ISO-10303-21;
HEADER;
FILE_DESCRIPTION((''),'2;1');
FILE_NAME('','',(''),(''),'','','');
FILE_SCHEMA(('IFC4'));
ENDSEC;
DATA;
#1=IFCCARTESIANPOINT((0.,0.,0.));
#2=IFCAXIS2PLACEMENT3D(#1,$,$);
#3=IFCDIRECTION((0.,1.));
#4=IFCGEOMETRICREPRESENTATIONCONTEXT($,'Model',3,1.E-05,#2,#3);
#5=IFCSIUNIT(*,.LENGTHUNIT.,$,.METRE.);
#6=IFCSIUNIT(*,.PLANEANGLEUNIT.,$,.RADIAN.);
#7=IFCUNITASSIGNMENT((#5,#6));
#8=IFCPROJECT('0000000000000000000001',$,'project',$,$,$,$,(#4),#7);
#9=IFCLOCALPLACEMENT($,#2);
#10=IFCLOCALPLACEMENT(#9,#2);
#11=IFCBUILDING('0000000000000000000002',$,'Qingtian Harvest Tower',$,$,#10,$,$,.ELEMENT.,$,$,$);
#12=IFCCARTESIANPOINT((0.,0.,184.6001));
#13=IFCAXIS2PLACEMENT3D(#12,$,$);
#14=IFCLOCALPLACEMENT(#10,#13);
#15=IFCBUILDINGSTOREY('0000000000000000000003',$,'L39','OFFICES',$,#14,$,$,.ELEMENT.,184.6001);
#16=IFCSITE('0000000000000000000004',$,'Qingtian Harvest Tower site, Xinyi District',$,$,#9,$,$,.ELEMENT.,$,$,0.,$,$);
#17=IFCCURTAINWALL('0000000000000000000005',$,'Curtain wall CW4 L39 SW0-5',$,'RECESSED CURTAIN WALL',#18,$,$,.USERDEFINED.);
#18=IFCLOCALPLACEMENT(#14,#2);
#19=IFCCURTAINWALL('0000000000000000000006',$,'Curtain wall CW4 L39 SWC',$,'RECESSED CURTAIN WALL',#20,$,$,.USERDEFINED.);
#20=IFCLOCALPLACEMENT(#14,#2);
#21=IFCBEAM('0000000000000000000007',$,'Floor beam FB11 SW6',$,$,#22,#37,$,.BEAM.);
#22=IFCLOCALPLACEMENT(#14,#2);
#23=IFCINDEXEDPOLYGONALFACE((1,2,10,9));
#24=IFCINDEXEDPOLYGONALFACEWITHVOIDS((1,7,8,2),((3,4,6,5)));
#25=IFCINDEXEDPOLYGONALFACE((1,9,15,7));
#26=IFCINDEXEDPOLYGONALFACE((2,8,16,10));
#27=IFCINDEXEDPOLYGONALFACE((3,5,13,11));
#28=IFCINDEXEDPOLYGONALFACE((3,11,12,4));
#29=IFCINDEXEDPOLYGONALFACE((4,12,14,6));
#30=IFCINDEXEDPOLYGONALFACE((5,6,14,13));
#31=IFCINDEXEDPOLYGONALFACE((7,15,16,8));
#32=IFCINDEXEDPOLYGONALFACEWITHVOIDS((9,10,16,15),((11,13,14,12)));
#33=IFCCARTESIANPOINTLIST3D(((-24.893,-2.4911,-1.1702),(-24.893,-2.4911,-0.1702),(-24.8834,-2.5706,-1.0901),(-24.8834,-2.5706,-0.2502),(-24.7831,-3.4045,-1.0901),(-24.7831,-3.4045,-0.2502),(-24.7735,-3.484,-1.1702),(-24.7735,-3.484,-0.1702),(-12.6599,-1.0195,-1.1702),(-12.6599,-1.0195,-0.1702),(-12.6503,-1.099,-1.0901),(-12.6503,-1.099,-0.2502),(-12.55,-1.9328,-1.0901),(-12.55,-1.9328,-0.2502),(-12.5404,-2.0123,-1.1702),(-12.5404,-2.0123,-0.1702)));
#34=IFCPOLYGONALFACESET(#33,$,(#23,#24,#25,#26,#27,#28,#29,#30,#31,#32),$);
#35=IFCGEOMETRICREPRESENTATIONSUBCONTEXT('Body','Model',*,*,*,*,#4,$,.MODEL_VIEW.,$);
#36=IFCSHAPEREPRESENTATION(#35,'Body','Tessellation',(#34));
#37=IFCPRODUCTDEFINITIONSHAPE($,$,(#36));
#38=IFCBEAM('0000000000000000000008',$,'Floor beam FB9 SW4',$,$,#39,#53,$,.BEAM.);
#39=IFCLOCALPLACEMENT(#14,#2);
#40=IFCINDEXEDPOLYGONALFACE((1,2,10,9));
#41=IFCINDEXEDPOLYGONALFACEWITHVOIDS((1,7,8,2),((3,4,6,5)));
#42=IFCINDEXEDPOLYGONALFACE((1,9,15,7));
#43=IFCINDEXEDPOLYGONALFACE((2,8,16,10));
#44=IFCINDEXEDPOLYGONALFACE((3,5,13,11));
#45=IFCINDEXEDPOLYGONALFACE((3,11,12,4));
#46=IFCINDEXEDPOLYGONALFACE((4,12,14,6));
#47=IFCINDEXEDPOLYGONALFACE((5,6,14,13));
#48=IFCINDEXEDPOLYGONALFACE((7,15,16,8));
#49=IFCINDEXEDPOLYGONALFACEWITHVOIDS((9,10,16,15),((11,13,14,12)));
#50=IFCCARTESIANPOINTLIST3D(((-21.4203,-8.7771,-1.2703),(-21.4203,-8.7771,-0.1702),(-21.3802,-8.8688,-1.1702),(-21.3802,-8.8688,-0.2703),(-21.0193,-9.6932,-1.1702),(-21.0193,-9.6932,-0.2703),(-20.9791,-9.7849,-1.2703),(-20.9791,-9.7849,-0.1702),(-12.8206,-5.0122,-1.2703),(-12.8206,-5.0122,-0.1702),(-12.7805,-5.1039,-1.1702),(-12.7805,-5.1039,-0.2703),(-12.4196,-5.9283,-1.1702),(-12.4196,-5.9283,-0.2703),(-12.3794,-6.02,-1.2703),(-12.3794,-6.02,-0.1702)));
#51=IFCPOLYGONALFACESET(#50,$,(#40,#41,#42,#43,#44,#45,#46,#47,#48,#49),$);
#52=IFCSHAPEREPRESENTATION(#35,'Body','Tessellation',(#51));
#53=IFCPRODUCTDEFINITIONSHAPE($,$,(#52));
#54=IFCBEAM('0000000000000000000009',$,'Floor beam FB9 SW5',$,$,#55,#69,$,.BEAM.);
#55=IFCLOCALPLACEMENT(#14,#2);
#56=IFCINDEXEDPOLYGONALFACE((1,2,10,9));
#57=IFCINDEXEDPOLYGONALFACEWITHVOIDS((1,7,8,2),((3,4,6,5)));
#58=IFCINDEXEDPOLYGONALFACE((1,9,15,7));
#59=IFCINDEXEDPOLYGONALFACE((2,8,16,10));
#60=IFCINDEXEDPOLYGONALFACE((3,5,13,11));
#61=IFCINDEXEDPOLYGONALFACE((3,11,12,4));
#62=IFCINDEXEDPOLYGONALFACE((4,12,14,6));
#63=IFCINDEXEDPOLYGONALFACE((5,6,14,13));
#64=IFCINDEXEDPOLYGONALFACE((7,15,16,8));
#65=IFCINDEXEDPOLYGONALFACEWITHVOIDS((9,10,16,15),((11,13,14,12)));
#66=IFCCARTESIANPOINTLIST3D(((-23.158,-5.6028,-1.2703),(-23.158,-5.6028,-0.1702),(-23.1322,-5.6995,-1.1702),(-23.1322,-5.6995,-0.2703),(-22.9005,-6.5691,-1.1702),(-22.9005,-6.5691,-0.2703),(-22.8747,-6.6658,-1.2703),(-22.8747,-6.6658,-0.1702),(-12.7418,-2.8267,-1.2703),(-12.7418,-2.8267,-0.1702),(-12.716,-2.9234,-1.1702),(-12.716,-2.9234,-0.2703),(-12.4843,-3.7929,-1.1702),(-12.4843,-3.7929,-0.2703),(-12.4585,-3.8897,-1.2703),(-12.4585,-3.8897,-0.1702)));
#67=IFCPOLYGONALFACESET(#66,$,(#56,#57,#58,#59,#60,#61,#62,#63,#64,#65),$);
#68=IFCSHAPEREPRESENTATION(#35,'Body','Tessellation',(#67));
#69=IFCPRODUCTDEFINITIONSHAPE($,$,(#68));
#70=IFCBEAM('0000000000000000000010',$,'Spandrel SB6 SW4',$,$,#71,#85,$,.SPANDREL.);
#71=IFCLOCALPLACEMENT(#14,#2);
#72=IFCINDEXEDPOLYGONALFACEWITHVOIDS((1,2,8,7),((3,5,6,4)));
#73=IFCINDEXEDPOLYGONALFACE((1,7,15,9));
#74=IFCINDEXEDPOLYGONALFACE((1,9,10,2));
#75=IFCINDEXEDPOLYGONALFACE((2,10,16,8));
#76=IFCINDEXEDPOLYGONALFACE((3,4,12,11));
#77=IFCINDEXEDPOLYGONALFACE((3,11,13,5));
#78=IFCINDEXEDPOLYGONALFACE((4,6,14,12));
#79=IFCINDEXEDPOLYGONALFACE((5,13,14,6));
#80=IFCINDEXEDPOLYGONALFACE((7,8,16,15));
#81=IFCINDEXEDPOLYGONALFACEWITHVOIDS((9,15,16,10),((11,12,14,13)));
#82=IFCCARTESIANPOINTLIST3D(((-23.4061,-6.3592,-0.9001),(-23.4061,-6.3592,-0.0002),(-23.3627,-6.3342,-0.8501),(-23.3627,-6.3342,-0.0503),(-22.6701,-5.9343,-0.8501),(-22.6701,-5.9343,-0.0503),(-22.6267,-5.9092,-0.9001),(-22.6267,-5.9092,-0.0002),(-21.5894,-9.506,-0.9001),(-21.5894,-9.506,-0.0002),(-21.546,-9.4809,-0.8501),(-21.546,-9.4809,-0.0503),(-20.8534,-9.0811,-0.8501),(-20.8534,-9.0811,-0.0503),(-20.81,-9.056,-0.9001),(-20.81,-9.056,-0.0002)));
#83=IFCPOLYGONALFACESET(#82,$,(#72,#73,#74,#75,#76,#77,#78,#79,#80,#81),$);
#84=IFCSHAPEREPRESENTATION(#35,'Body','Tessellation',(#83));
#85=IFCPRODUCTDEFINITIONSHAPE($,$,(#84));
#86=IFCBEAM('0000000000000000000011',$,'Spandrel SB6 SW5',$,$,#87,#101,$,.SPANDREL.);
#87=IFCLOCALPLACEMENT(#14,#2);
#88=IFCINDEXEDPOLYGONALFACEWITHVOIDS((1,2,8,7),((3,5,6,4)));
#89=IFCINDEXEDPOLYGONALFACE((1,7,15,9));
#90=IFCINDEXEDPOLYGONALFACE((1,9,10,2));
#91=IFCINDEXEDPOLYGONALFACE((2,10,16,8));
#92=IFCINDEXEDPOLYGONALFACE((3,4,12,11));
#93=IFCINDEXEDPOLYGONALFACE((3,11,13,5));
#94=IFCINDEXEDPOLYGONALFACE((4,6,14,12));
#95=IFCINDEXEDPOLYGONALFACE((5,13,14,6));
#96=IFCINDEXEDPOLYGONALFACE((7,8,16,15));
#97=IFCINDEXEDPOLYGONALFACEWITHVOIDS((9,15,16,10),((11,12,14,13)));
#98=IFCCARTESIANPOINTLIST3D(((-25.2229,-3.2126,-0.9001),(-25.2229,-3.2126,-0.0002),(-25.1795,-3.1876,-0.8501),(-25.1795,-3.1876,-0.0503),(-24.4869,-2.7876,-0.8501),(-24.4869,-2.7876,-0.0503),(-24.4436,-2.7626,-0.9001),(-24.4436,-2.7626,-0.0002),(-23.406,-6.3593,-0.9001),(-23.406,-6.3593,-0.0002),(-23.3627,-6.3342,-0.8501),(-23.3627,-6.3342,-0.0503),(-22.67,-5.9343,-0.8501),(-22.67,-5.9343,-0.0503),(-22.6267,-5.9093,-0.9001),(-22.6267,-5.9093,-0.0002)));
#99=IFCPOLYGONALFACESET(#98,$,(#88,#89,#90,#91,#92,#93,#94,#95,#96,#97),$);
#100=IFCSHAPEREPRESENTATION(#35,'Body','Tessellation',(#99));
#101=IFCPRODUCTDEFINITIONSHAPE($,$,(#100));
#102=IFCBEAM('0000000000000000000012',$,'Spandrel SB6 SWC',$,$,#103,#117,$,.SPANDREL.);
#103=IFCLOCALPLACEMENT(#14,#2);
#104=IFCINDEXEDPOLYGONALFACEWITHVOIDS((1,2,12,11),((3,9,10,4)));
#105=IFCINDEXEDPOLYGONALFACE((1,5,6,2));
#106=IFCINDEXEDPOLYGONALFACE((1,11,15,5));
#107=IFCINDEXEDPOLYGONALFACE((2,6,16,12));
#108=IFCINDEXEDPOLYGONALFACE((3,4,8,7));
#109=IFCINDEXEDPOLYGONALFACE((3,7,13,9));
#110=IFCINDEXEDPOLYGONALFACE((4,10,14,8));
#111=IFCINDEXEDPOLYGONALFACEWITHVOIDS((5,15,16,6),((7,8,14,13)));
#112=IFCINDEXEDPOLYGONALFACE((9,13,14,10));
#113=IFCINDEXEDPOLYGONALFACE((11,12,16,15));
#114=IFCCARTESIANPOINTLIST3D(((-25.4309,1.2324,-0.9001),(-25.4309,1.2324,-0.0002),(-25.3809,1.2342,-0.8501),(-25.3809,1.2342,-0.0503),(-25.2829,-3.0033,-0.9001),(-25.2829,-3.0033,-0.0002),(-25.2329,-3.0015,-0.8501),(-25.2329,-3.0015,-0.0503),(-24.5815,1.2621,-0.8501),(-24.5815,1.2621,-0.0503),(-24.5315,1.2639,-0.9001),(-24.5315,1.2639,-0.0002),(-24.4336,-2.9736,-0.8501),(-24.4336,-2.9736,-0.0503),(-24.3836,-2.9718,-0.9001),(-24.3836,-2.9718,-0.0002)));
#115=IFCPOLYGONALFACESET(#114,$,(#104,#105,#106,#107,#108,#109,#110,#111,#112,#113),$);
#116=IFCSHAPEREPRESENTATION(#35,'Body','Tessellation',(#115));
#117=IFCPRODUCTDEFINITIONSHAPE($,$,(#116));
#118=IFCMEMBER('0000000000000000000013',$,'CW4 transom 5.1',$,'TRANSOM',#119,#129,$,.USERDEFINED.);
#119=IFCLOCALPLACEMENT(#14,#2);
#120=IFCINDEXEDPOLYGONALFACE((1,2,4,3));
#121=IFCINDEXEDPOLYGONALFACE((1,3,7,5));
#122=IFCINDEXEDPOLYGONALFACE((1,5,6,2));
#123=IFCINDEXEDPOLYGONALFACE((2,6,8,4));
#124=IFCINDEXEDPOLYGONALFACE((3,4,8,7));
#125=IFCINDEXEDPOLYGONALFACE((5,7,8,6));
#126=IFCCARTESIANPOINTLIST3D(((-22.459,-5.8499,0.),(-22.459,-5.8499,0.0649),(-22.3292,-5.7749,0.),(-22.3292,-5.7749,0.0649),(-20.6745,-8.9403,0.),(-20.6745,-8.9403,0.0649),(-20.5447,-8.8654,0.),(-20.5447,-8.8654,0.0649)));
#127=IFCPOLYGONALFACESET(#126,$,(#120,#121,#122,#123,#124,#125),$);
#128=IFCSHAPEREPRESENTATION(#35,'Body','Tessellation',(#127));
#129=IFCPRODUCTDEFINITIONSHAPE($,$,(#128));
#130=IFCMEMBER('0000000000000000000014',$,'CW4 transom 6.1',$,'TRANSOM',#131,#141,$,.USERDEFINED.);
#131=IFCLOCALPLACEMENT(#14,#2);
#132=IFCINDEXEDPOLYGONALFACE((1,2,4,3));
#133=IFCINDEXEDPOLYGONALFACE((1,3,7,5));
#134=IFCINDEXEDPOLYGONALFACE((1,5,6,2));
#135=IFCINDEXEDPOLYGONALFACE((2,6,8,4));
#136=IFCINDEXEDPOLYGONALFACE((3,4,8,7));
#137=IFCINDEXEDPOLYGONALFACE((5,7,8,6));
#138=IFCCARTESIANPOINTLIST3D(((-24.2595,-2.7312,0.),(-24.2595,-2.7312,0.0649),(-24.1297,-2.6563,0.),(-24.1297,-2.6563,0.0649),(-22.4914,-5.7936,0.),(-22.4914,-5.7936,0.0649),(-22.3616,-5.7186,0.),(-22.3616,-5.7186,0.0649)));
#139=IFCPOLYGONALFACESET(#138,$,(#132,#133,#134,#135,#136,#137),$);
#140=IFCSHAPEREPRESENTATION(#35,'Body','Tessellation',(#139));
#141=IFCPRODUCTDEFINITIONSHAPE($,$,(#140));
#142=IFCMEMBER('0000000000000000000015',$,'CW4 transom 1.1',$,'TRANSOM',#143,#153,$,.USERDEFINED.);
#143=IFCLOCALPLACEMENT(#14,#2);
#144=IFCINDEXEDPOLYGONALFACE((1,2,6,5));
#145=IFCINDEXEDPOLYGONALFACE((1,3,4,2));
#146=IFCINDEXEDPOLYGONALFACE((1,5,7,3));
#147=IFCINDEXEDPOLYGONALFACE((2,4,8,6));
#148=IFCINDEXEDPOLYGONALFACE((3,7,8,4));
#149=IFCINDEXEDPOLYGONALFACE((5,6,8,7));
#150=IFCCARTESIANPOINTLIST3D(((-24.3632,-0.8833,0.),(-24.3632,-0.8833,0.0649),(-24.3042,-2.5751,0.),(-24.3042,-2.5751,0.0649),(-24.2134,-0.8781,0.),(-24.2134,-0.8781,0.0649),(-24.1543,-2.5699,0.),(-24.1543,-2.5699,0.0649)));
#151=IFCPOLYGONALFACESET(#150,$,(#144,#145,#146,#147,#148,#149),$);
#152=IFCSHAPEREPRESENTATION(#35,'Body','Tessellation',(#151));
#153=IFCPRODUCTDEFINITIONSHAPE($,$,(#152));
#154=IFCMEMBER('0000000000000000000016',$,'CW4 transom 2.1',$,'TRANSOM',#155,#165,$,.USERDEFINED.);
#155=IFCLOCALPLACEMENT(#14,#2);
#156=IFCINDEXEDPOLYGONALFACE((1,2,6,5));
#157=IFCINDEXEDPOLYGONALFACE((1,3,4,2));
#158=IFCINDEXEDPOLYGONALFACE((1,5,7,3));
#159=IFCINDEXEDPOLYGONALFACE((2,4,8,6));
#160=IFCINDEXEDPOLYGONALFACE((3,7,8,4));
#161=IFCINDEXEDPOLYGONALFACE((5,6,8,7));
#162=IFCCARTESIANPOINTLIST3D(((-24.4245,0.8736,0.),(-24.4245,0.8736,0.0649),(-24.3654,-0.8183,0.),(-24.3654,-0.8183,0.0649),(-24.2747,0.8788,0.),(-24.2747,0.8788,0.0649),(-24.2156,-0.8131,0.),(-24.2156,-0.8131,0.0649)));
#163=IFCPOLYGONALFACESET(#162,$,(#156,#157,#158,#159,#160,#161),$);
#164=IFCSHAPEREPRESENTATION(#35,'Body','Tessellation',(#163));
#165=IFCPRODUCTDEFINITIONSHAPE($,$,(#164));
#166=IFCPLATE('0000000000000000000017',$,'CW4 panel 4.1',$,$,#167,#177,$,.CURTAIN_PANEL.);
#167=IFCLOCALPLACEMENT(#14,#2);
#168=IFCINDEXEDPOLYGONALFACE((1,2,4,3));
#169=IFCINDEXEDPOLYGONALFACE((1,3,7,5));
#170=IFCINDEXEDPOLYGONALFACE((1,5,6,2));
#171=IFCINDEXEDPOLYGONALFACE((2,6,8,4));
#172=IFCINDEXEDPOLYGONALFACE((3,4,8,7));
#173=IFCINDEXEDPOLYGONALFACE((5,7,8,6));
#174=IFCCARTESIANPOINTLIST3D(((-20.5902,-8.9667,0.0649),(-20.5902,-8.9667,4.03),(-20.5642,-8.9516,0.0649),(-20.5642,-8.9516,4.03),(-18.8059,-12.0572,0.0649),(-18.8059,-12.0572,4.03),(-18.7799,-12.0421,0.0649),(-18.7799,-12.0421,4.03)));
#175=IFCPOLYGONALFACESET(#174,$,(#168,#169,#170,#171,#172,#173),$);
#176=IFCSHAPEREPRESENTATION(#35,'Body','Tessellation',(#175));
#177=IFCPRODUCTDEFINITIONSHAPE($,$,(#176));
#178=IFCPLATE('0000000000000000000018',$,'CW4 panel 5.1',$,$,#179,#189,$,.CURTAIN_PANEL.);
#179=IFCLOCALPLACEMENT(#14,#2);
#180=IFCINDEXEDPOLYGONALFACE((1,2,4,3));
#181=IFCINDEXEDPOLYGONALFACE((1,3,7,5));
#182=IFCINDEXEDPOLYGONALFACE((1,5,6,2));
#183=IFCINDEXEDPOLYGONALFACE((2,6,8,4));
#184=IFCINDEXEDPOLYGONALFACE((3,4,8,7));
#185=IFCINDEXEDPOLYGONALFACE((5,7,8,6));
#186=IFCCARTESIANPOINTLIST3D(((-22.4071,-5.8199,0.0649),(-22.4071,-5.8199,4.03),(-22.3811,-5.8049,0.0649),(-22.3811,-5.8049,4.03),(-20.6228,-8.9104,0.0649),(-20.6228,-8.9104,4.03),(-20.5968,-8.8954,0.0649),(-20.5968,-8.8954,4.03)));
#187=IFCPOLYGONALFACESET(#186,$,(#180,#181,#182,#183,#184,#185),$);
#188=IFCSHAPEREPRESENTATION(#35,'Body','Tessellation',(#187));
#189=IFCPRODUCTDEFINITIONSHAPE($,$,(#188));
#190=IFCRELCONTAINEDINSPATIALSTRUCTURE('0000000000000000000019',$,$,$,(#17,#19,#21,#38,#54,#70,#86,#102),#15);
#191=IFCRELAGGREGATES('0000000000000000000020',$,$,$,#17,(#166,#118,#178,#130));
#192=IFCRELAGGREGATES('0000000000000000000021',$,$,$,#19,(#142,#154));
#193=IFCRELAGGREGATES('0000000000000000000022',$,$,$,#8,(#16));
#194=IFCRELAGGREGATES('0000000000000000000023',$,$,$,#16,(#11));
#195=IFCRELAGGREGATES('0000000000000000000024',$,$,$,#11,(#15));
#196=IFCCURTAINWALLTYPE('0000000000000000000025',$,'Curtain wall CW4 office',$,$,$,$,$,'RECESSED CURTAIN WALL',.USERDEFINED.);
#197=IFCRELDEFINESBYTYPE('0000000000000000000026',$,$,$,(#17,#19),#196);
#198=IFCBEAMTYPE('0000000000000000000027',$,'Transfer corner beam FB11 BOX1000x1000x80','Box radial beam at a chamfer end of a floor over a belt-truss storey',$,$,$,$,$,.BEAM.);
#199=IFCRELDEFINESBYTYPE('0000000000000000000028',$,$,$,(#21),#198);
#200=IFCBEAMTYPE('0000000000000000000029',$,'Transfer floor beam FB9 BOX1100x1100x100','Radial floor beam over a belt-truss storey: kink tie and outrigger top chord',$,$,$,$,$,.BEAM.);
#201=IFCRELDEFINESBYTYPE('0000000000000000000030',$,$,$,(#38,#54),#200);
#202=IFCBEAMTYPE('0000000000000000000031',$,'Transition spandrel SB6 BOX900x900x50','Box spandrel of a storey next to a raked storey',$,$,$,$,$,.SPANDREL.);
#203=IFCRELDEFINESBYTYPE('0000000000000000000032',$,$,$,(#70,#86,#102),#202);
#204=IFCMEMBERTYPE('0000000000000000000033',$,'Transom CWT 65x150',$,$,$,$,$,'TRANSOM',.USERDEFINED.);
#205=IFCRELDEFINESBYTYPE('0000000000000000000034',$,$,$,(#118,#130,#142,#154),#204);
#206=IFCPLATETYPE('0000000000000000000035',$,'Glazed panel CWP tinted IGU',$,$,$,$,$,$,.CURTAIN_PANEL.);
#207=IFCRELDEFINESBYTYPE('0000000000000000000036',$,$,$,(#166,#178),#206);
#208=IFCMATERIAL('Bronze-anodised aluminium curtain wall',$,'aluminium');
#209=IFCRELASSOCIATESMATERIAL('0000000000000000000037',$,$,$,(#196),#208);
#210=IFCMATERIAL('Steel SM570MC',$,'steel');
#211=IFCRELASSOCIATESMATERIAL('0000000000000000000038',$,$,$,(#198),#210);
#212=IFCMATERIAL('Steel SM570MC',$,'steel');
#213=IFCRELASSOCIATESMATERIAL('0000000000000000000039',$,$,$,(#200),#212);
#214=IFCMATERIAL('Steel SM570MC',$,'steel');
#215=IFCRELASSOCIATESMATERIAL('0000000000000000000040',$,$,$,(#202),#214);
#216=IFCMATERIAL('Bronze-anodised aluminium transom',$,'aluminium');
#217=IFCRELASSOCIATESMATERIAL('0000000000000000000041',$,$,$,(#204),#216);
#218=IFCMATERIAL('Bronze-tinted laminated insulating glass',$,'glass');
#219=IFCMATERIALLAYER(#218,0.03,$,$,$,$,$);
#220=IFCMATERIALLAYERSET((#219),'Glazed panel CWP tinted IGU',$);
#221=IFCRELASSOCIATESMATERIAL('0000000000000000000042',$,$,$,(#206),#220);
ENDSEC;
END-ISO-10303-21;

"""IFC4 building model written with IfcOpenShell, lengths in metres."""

from ifc_helpers import new_model, si_unit, direction, frame, origin, origin_2d, place, context, subcontext, project, spatial, rectangle, hollow_rectangle, extrude, material, layer, layer_set, material_profile, profile_set, type_object, element, aggregate, save


model = new_model("IFC4")

# Units and contexts
model_context = context("Model", 3, precision=1e-05, world=origin(), true_north=direction((0.0, 1.0)))
body_context = subcontext(model_context, "Body", "Model", "MODEL_VIEW")
ifc_project = project(units=[si_unit("LENGTHUNIT", "METRE"), si_unit("PLANEANGLEUNIT", "RADIAN")], contexts=[model_context])

# Site, building, storey
site_placement = place(None, origin())
site = spatial("IfcSite", under=ifc_project, at=site_placement, Name="Qingtian Harvest Tower site, Xinyi District", CompositionType="ELEMENT", RefElevation=0.0)
building_placement = place(site_placement, origin())
building = spatial("IfcBuilding", under=site, at=building_placement, Name="Qingtian Harvest Tower", CompositionType="ELEMENT")
storey_placement = place(building_placement, frame((0.0, 0.0, 184.6001)))
storey = spatial("IfcBuildingStorey", under=building, at=storey_placement, Name="L39", Description="OFFICES", CompositionType="ELEMENT", Elevation=184.6001)

# Curtain walls
ifc_material_1 = material(Name="Bronze-anodised aluminium curtain wall", Category="aluminium")
curtain_wall_type = type_object("IfcCurtainWallType", Name="Curtain wall CW4 office", ElementType="RECESSED CURTAIN WALL", PredefinedType="USERDEFINED", material=ifc_material_1)
curtain_wall_1_placement = place(storey_placement, origin())
curtain_wall_1 = element("IfcCurtainWall", 1, at=curtain_wall_1_placement, inside=storey, type_object=curtain_wall_type, Name="Curtain wall CW4 L39 SW0-5", ObjectType="RECESSED CURTAIN WALL", PredefinedType="USERDEFINED")
curtain_wall_2_placement = place(storey_placement, origin())
curtain_wall_2 = element("IfcCurtainWall", 2, at=curtain_wall_2_placement, inside=storey, type_object=curtain_wall_type, Name="Curtain wall CW4 L39 SWC", ObjectType="RECESSED CURTAIN WALL", PredefinedType="USERDEFINED")

# Beams
ifc_material_2 = material(Name="Steel SM570MC", Category="steel")
ifc_material_profile_1 = material_profile(ifc_material_2, hollow_rectangle(XDim=1.0, YDim=1.0, WallThickness=0.0801, at=origin_2d()), Name="BOX1000x1000x80")
ifc_profile_set_1 = profile_set([ifc_material_profile_1], Name="Steel SM570MC")
beam_type_1 = type_object("IfcBeamType", Name="Transfer corner beam FB11 BOX1000x1000x80", Description="Box radial beam at a chamfer end of a floor over a belt-truss storey", PredefinedType="BEAM", material=ifc_profile_set_1)
beam_1_placement = place(storey_placement, frame((-24.8333, -2.9875, -0.6702), z_axis=(0.992841, 0.119441, 0.0), x_axis=(-0.119441, 0.992841, 0.0)))
element("IfcBeam", 3, at=beam_1_placement, inside=storey, type_object=beam_type_1, Name="Floor beam FB11 SW6", PredefinedType="BEAM", context=body_context, shape_type="SweptSolid", body=[
    extrude(hollow_rectangle(XDim=1.0, YDim=1.0, WallThickness=0.0801, at=origin_2d()), origin(), (0.0, 0.0, 1.0), 12.3213),
])
ifc_material_3 = material(Name="Steel SM570MC", Category="steel")
ifc_material_profile_2 = material_profile(ifc_material_3, hollow_rectangle(XDim=1.1001, YDim=1.1001, WallThickness=0.1001, at=origin_2d()), Name="BOX1100x1100x100")
ifc_profile_set_2 = profile_set([ifc_material_profile_2], Name="Steel SM570MC")
beam_type_2 = type_object("IfcBeamType", Name="Transfer floor beam FB9 BOX1100x1100x100", Description="Radial floor beam over a belt-truss storey: kink tie and outrigger top chord", PredefinedType="BEAM", material=ifc_profile_set_2)
beam_2_placement = place(storey_placement, frame((-21.1997, -9.281, -0.7202), z_axis=(0.916057, 0.401048, 0.0), x_axis=(-0.401048, 0.916057, 0.0)))
element("IfcBeam", 4, at=beam_2_placement, inside=storey, type_object=beam_type_2, Name="Floor beam FB9 SW4", PredefinedType="BEAM", context=body_context, shape_type="SweptSolid", body=[
    extrude(hollow_rectangle(XDim=1.1001, YDim=1.1001, WallThickness=0.1001, at=origin_2d()), origin(), (0.0, 0.0, 1.0), 9.3877),
])
beam_3_placement = place(storey_placement, frame((-23.0164, -6.1343, -0.7202), z_axis=(0.966271, 0.257529, 0.0), x_axis=(-0.257529, 0.966271, 0.0)))
element("IfcBeam", 5, at=beam_3_placement, inside=storey, type_object=beam_type_2, Name="Floor beam FB9 SW5", PredefinedType="BEAM", context=body_context, shape_type="SweptSolid", body=[
    extrude(hollow_rectangle(XDim=1.1001, YDim=1.1001, WallThickness=0.1001, at=origin_2d()), origin(), (0.0, 0.0, 1.0), 10.7798),
])
ifc_material_4 = material(Name="Steel SM570MC", Category="steel")
ifc_material_profile_3 = material_profile(ifc_material_4, hollow_rectangle(XDim=0.8999, YDim=0.8999, WallThickness=0.05, at=origin_2d()), Name="BOX900x900x50")
ifc_profile_set_3 = profile_set([ifc_material_profile_3], Name="Steel SM570MC")
beam_type_3 = type_object("IfcBeamType", Name="Transition spandrel SB6 BOX900x900x50", Description="Box spandrel of a storey next to a raked storey", PredefinedType="SPANDREL", material=ifc_profile_set_3)
for number, where, z_axis, x_axis, name in (
    (6, (-21.1997, -9.281, -0.4502), (-0.499976, 0.866039, 0.0), (-0.866039, -0.499976, 0.0), "Spandrel SB6 SW4"),
    (7, (-23.0164, -6.1343, -0.4502), (-0.500027, 0.86601, 0.0), (-0.86601, -0.500027, 0.0), "Spandrel SB6 SW5"),
):
    element("IfcBeam", number, at=place(storey_placement, frame(where, z_axis=z_axis, x_axis=x_axis)), inside=storey, type_object=beam_type_3, Name=name, PredefinedType="SPANDREL", context=body_context, shape_type="SweptSolid", body=[
        extrude(hollow_rectangle(XDim=0.8999, YDim=0.8999, WallThickness=0.05, at=origin_2d()), origin(), (0.0, 0.0, 1.0), 3.6335),
    ])
beam_4_placement = place(storey_placement, frame((-24.8333, -2.9875, -0.4502), z_axis=(-0.034909, 0.999391, 0.0), x_axis=(-0.999391, -0.034909, 0.0)))
element("IfcBeam", 8, at=beam_4_placement, inside=storey, type_object=beam_type_3, Name="Spandrel SB6 SWC", PredefinedType="SPANDREL", context=body_context, shape_type="SweptSolid", body=[
    extrude(hollow_rectangle(XDim=0.8999, YDim=0.8999, WallThickness=0.05, at=origin_2d()), origin(), (0.0, 0.0, 1.0), 4.2383),
])

# Members
ifc_material_5 = material(Name="Bronze-anodised aluminium transom", Category="aluminium")
ifc_material_profile_4 = material_profile(ifc_material_5, rectangle(XDim=0.1499, YDim=0.0649, at=origin_2d()), Name="AL 65x150")
ifc_profile_set_4 = profile_set([ifc_material_profile_4], Name="Bronze-anodised aluminium transom")
member_type_1 = type_object("IfcMemberType", Name="Transom CWT 65x150", ElementType="TRANSOM", PredefinedType="USERDEFINED", material=ifc_profile_set_4)
member_1_placement = place(storey_placement, frame((-20.6096, -8.9028, 0.0325), z_axis=(-0.500046, 0.865999, 0.0), x_axis=(-0.865999, -0.500046, 0.0)))
member_1 = element("IfcMember", 9, at=member_1_placement, type_object=member_type_1, Name="CW4 transom 5.1", ObjectType="TRANSOM", PredefinedType="USERDEFINED", context=body_context, shape_type="SweptSolid", body=[
    extrude(rectangle(XDim=0.1499, YDim=0.0649, at=origin_2d()), origin(), (0.0, 0.0, 1.0), 3.5686),
])
member_2_placement = place(storey_placement, frame((-22.4265, -5.7561, 0.0325), z_axis=(-0.500015, 0.866017, 0.0), x_axis=(-0.866017, -0.500015, 0.0)))
member_2 = element("IfcMember", 10, at=member_2_placement, type_object=member_type_1, Name="CW4 transom 6.1", ObjectType="TRANSOM", PredefinedType="USERDEFINED", context=body_context, shape_type="SweptSolid", body=[
    extrude(rectangle(XDim=0.1499, YDim=0.0649, at=origin_2d()), origin(), (0.0, 0.0, 1.0), 3.5361),
])
member_3_placement = place(storey_placement, frame((-24.2292, -2.5725, 0.0325), z_axis=(-0.034899, 0.999391, 0.0), x_axis=(-0.999391, -0.034899, 0.0)))
member_3 = element("IfcMember", 11, at=member_3_placement, type_object=member_type_1, Name="CW4 transom 1.1", ObjectType="TRANSOM", PredefinedType="USERDEFINED", context=body_context, shape_type="SweptSolid", body=[
    extrude(rectangle(XDim=0.1499, YDim=0.0649, at=origin_2d()), origin(), (0.0, 0.0, 1.0), 1.6929),
])
member_4_placement = place(storey_placement, frame((-24.2905, -0.8157, 0.0325), z_axis=(-0.034899, 0.999391, 0.0), x_axis=(-0.999391, -0.034899, 0.0)))
member_4 = element("IfcMember", 12, at=member_4_placement, type_object=member_type_1, Name="CW4 transom 2.1", ObjectType="TRANSOM", PredefinedType="USERDEFINED", context=body_context, shape_type="SweptSolid", body=[
    extrude(rectangle(XDim=0.1499, YDim=0.0649, at=origin_2d()), origin(), (0.0, 0.0, 1.0), 1.6929),
])

# Plates
ifc_material_6 = material(Name="Bronze-tinted laminated insulating glass", Category="glass")
ifc_layer_1 = layer(ifc_material_6, 0.03)
ifc_layer_set_1 = layer_set([ifc_layer_1], Name="Glazed panel CWP tinted IGU")
plate_type = type_object("IfcPlateType", Name="Glazed panel CWP tinted IGU", PredefinedType="CURTAIN_PANEL", material=ifc_layer_set_1)
plate_1_placement = place(storey_placement, frame((-19.6851, -10.5044, 0.0649), z_axis=(0.0, 0.0, 1.0), x_axis=(-0.5, 0.866025, 0.0)))
plate_1 = element("IfcPlate", 13, at=plate_1_placement, type_object=plate_type, Name="CW4 panel 4.1", PredefinedType="CURTAIN_PANEL", context=body_context, shape_type="SweptSolid", body=[
    extrude(rectangle(XDim=3.5686, YDim=0.03, at=origin_2d()), origin(), (0.0, 0.0, 1.0), 3.9651),
])
plate_2_placement = place(storey_placement, frame((-21.502, -7.3577, 0.0649), z_axis=(0.0, 0.0, 1.0), x_axis=(-0.5, 0.866025, 0.0)))
plate_2 = element("IfcPlate", 14, at=plate_2_placement, type_object=plate_type, Name="CW4 panel 5.1", PredefinedType="CURTAIN_PANEL", context=body_context, shape_type="SweptSolid", body=[
    extrude(rectangle(XDim=3.5686, YDim=0.03, at=origin_2d()), origin(), (0.0, 0.0, 1.0), 3.9651),
])
aggregate(curtain_wall_1, [plate_1, member_1, plate_2, member_2])
aggregate(curtain_wall_2, [member_3, member_4])

save(model, "model.ifc")
